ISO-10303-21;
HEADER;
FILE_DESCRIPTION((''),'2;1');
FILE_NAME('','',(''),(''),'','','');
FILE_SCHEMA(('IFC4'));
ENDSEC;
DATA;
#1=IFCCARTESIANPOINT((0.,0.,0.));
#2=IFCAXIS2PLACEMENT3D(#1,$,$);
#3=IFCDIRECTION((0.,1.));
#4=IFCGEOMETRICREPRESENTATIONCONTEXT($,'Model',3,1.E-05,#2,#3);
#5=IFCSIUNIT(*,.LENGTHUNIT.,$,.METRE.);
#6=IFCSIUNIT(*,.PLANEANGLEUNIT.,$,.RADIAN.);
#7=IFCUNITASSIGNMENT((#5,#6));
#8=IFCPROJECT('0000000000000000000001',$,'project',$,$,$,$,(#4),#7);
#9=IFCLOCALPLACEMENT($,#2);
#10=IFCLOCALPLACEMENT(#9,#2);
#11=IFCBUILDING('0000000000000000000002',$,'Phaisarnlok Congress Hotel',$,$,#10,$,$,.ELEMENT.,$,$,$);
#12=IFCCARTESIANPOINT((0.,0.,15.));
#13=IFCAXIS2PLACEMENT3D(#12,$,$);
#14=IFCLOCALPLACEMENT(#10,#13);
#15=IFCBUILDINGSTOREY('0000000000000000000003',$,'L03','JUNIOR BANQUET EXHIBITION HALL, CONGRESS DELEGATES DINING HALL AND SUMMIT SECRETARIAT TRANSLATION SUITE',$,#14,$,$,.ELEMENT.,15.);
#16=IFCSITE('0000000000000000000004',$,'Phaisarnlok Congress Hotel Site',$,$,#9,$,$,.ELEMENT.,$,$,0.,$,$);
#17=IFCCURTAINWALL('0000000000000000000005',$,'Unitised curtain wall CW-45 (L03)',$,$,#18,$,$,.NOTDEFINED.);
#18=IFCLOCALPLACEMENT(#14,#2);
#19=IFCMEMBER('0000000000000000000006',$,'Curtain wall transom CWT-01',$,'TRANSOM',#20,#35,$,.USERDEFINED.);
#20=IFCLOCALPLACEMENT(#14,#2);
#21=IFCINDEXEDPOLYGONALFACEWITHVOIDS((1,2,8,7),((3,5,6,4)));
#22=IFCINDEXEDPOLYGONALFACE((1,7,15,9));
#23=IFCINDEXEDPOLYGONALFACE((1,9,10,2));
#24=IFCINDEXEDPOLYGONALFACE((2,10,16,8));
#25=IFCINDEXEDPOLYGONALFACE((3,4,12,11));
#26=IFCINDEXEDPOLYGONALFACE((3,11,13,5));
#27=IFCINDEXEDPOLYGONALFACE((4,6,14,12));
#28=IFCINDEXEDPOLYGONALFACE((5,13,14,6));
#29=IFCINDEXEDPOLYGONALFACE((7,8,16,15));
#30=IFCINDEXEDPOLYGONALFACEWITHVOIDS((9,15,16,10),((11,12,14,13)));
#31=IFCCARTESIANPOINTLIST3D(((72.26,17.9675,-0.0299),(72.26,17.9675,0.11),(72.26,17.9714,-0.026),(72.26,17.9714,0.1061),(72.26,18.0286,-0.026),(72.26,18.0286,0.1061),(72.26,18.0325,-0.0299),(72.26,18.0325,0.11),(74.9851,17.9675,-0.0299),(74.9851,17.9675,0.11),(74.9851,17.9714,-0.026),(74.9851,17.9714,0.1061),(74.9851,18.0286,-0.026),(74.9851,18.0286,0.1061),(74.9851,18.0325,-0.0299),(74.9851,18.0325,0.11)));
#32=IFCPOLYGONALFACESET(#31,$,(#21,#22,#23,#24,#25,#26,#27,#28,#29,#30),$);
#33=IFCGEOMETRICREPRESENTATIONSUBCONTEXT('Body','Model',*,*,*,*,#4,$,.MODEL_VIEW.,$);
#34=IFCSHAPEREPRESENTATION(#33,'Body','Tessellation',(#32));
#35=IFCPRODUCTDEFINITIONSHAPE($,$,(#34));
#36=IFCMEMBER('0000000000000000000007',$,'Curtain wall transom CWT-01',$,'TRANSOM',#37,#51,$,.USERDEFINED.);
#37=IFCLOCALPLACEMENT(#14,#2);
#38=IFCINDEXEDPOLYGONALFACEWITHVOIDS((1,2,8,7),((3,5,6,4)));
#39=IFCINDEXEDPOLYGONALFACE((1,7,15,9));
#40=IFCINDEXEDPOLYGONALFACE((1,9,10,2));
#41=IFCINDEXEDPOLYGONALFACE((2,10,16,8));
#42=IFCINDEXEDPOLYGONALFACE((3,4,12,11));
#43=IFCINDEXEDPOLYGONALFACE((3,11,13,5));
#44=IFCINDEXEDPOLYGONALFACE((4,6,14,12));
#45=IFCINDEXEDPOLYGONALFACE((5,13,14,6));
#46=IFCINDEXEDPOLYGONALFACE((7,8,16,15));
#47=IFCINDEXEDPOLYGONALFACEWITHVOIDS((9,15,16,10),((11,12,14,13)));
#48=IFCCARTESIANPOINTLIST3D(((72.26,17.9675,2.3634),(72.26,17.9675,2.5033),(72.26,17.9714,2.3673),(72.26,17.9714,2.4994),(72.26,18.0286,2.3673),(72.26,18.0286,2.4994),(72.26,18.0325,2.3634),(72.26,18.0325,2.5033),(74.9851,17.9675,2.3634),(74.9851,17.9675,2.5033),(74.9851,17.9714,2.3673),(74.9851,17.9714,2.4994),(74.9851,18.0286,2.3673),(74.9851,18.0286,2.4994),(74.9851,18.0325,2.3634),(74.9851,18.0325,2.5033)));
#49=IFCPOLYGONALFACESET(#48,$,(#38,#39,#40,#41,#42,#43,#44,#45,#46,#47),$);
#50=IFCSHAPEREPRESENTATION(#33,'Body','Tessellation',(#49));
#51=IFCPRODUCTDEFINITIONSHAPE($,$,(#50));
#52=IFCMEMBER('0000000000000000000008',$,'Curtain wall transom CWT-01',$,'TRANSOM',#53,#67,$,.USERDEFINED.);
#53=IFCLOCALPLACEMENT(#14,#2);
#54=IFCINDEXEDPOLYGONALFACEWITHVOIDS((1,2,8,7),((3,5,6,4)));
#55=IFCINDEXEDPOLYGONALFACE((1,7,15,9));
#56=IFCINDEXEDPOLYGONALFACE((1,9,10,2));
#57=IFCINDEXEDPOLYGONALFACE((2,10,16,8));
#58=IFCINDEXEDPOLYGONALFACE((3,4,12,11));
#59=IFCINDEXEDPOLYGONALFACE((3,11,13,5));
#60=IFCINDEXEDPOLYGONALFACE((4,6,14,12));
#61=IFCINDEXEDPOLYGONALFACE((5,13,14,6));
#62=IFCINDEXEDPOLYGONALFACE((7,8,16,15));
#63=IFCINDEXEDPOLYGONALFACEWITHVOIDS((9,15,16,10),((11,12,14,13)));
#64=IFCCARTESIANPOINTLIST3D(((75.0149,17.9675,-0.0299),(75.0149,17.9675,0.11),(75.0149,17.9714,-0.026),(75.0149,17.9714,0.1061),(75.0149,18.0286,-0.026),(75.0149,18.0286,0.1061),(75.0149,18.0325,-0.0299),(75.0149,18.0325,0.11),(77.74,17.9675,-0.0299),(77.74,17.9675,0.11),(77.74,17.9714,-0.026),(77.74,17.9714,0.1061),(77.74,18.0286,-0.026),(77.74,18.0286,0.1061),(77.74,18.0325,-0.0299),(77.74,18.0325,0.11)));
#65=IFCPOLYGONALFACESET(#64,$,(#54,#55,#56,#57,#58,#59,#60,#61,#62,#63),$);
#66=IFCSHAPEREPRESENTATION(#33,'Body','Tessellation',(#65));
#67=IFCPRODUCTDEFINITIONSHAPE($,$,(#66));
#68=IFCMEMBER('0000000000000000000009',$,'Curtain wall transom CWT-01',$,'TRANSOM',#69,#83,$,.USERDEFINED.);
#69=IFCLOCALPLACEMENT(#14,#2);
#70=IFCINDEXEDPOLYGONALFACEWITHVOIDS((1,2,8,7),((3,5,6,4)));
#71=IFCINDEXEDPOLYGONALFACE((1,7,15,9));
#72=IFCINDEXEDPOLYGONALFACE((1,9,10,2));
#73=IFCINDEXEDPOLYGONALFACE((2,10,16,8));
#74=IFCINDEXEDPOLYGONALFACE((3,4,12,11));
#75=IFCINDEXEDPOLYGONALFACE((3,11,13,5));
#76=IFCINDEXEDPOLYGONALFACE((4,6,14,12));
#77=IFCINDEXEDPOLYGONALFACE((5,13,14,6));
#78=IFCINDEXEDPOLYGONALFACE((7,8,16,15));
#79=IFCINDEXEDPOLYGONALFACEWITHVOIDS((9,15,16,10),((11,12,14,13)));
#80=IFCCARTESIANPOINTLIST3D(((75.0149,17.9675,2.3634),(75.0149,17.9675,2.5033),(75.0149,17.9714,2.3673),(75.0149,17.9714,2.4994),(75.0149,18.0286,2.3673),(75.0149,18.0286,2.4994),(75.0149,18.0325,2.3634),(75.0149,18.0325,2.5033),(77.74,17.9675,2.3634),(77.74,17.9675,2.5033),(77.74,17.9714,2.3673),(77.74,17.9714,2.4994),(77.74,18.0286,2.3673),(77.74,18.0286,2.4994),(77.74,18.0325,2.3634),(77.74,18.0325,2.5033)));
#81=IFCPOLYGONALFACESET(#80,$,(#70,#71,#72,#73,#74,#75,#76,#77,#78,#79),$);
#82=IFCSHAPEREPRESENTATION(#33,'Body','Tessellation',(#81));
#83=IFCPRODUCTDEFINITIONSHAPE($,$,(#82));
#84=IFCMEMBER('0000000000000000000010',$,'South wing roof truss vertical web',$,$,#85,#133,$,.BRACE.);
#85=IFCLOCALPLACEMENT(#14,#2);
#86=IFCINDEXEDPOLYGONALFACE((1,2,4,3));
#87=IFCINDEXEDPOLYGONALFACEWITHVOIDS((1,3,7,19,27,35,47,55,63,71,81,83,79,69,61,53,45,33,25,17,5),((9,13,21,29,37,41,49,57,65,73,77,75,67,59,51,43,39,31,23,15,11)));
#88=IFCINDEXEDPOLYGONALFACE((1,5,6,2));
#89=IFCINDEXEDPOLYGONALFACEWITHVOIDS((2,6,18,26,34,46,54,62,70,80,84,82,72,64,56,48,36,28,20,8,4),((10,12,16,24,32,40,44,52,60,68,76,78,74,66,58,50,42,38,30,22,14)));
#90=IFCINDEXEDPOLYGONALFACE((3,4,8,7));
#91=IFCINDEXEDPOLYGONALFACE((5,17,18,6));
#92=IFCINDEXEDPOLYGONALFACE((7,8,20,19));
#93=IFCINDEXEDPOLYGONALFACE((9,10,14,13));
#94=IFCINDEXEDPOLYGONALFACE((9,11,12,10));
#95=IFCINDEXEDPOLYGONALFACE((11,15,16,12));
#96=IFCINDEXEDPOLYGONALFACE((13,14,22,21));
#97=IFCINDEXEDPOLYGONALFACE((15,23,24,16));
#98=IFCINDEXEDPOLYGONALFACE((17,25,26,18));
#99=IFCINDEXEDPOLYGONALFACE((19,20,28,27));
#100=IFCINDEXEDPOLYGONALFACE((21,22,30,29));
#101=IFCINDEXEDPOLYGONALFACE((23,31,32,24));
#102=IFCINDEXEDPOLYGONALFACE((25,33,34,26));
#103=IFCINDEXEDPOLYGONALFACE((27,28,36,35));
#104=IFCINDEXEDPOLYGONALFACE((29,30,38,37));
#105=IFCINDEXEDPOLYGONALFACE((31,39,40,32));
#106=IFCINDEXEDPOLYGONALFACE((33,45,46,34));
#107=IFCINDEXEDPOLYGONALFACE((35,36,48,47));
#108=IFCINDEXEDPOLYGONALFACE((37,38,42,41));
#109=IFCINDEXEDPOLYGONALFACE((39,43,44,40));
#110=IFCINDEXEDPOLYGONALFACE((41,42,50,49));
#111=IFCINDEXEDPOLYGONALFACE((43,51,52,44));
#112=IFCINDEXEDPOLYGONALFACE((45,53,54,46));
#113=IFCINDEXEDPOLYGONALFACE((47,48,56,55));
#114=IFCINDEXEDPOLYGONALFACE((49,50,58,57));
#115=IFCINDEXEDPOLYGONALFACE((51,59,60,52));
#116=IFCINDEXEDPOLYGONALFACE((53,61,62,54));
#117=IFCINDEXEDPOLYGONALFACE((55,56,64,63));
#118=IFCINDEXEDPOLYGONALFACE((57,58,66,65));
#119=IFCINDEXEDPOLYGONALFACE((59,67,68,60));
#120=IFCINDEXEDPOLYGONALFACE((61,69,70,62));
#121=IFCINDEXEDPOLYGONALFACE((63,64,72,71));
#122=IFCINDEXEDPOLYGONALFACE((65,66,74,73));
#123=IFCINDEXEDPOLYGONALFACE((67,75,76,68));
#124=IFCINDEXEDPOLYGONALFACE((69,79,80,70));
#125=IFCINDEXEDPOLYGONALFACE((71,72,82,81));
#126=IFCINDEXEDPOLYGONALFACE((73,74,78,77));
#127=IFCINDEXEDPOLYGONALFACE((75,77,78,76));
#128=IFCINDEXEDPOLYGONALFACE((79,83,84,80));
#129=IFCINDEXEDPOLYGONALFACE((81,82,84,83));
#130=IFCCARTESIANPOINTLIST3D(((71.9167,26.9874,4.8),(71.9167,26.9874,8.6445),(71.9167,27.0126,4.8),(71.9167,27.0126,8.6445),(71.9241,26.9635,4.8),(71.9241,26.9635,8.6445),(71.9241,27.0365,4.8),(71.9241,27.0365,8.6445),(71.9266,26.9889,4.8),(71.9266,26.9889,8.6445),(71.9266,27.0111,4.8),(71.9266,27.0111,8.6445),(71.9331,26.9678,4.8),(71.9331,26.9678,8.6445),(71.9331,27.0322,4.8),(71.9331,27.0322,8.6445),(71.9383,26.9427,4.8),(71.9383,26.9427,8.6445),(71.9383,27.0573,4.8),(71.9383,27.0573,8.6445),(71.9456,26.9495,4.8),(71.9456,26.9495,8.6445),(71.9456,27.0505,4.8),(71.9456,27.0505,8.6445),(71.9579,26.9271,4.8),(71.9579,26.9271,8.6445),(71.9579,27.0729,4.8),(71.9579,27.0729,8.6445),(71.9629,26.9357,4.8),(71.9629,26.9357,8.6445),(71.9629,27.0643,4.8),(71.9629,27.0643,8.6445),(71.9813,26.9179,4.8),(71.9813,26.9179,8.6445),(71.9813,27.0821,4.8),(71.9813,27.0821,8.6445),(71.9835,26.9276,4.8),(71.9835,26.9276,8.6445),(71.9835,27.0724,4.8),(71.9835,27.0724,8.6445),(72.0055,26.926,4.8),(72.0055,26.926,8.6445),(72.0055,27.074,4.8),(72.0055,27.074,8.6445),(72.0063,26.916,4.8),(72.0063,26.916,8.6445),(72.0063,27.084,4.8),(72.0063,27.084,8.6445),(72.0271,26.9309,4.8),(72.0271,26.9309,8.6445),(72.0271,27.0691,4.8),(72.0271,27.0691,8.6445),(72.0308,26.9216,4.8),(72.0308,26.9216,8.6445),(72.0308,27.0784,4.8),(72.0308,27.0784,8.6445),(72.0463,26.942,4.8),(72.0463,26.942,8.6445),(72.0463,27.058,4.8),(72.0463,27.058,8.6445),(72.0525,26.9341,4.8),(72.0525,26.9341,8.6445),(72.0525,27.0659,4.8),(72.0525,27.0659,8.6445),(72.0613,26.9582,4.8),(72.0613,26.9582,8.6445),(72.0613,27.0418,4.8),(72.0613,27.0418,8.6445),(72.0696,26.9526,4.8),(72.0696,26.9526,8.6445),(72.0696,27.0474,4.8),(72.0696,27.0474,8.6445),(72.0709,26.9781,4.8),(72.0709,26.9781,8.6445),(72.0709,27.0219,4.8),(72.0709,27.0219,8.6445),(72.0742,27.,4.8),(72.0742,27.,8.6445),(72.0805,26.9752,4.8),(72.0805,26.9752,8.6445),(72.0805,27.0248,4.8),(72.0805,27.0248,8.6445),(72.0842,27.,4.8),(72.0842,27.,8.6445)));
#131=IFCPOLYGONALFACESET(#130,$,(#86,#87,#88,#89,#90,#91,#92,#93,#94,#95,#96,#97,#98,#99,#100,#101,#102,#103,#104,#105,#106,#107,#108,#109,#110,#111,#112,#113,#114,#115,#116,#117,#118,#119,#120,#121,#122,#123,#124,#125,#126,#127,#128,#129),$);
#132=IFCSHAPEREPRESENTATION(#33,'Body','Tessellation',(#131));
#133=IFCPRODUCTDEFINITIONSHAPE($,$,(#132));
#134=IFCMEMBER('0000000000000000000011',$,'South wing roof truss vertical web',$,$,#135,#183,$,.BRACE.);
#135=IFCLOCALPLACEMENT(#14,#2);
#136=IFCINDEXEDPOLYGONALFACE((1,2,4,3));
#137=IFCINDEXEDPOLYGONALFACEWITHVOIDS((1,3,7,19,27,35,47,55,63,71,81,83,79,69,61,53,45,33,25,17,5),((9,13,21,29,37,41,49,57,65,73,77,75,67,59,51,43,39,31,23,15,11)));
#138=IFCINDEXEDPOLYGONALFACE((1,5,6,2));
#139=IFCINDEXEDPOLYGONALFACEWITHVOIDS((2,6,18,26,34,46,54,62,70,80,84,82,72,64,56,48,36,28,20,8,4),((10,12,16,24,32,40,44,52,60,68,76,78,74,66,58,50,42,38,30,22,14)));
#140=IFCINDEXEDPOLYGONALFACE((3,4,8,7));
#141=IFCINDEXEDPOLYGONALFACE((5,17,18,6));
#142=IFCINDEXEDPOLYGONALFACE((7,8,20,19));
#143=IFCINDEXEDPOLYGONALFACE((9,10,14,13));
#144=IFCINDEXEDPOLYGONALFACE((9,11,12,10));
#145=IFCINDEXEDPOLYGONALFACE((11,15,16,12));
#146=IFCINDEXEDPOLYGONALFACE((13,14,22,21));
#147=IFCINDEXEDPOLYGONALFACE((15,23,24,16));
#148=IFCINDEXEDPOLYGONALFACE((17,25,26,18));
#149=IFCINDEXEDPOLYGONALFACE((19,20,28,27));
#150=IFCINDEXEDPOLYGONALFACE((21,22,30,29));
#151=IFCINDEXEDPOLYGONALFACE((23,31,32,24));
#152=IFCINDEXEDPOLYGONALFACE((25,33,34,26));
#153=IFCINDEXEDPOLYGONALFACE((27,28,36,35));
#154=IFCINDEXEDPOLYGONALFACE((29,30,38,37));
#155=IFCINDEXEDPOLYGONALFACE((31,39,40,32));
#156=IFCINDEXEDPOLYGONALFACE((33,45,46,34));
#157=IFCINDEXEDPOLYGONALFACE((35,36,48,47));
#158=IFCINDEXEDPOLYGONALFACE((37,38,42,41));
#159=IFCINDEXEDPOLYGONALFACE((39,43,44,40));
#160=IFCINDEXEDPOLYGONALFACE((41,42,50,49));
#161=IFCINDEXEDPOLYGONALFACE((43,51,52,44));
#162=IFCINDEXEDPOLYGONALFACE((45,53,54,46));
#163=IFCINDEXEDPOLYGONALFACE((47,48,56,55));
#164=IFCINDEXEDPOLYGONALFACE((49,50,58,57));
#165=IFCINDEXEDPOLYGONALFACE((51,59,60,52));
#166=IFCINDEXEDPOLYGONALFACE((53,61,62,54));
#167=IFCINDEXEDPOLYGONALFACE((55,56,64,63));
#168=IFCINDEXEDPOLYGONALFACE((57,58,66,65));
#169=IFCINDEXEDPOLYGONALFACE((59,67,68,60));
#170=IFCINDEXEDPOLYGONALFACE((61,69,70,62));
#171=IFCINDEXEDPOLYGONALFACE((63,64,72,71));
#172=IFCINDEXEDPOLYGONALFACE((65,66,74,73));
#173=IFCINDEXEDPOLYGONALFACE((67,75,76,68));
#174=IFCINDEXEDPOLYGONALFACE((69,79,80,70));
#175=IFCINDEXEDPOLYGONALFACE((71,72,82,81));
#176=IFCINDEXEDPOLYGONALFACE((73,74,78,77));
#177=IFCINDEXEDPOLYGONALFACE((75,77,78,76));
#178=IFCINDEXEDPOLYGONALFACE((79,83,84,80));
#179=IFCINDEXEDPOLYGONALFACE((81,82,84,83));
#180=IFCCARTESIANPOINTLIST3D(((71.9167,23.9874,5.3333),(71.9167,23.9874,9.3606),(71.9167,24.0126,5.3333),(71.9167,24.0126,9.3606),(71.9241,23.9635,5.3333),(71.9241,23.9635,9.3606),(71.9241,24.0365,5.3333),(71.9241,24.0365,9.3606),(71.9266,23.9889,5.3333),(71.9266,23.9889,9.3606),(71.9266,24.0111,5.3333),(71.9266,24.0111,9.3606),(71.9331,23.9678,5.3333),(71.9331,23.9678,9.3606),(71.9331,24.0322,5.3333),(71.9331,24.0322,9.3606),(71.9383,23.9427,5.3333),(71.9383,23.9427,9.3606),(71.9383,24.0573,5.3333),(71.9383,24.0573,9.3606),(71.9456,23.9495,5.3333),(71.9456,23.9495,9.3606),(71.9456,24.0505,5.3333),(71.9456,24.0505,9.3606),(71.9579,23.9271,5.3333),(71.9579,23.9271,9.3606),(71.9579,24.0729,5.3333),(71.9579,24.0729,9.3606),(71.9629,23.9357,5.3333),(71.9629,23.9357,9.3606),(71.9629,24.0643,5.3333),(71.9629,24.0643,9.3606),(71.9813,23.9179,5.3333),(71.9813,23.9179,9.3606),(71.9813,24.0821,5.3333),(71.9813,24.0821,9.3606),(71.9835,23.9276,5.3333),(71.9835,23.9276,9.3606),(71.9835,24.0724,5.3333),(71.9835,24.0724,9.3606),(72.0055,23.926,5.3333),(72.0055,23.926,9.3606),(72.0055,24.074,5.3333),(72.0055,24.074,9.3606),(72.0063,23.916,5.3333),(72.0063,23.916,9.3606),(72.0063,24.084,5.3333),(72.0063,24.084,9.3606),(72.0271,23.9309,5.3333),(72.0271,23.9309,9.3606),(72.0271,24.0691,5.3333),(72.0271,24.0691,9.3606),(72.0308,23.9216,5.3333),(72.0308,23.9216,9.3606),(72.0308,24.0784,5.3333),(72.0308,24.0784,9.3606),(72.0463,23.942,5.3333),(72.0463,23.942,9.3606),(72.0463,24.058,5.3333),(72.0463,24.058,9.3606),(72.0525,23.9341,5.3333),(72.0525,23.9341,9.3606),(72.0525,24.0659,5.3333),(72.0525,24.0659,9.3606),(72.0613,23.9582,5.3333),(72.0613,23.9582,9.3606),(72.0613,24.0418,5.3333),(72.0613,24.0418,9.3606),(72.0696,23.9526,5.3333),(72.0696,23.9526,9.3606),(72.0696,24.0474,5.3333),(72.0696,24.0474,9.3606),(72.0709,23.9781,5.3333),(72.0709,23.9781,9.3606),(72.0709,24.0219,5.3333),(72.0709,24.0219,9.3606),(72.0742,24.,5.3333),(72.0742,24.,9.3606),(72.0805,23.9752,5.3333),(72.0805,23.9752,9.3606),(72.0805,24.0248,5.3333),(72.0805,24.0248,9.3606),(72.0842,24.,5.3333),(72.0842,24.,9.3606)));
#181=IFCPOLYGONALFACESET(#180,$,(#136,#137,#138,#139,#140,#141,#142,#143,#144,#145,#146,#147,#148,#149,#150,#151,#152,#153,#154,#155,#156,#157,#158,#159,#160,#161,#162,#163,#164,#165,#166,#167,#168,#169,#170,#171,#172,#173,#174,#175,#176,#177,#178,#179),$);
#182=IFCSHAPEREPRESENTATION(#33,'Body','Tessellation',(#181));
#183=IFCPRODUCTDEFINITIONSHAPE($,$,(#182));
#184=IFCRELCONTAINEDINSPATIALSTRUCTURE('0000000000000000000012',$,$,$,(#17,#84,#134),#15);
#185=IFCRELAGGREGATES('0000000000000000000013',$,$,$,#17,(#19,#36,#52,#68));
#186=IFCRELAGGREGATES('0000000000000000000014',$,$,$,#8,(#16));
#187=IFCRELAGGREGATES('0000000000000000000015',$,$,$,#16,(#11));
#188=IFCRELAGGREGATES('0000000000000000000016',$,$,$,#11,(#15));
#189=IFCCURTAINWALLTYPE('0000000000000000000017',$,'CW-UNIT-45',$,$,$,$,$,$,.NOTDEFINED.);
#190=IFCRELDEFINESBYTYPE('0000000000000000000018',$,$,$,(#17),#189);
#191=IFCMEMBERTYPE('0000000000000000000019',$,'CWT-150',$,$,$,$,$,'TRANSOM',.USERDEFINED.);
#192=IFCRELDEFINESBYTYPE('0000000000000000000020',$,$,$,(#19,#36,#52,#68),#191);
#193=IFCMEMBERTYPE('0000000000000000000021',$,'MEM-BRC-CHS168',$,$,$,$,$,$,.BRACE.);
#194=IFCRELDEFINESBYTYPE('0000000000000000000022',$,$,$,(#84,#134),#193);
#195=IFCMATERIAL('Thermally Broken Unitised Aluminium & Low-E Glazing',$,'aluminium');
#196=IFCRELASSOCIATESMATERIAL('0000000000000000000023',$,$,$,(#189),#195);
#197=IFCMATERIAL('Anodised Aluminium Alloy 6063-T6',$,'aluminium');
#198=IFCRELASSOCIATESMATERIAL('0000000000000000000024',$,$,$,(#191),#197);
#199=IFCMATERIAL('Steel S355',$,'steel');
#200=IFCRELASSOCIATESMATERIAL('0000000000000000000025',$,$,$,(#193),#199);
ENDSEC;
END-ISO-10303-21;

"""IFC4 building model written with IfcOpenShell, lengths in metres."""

from ifc_helpers import new_model, si_unit, direction, frame, origin, origin_2d, place, context, subcontext, project, spatial, hollow_rectangle, hollow_circle, extrude, material, material_profile, profile_set, type_object, element, aggregate, save


model = new_model("IFC4")

# Units and contexts
model_context = context("Model", 3, precision=1e-05, world=origin(), true_north=direction((0.0, 1.0)))
body_context = subcontext(model_context, "Body", "Model", "MODEL_VIEW")
ifc_project = project(units=[si_unit("LENGTHUNIT", "METRE"), si_unit("PLANEANGLEUNIT", "RADIAN")], contexts=[model_context])

# Site, building, storey
site_placement = place(None, origin())
site = spatial("IfcSite", under=ifc_project, at=site_placement, Name="Phaisarnlok Congress Hotel Site", CompositionType="ELEMENT", RefElevation=0.0)
building_placement = place(site_placement, origin())
building = spatial("IfcBuilding", under=site, at=building_placement, Name="Phaisarnlok Congress Hotel", CompositionType="ELEMENT")
storey_placement = place(building_placement, frame((0.0, 0.0, 15.0)))
storey = spatial("IfcBuildingStorey", under=building, at=storey_placement, Name="L03", Description="JUNIOR BANQUET EXHIBITION HALL, CONGRESS DELEGATES DINING HALL AND SUMMIT SECRETARIAT TRANSLATION SUITE", CompositionType="ELEMENT", Elevation=15.0)

# Shared definitions
ifc_material_1 = material(Name="Steel S355", Category="steel")

# Shared definitions
ifc_material_2 = material(Name="Thermally Broken Unitised Aluminium & Low-E Glazing", Category="aluminium")
ifc_material_3 = material(Name="Anodised Aluminium Alloy 6063-T6", Category="aluminium")

# Curtain wall, members
curtain_wall_type_1 = type_object("IfcCurtainWallType", Name="CW-UNIT-45", PredefinedType="NOTDEFINED", material=ifc_material_2)
curtain_wall_1_placement = place(storey_placement, origin())
curtain_wall_1 = element("IfcCurtainWall", 1, at=curtain_wall_1_placement, inside=storey, type_object=curtain_wall_type_1, Name="Unitised curtain wall CW-45 (L03)", PredefinedType="NOTDEFINED")
ifc_material_profile_1 = material_profile(ifc_material_3, hollow_rectangle(XDim=0.0649, YDim=0.1399, WallThickness=0.0039, at=origin_2d()), Name="ALU-T 65x140x4")
ifc_profile_set_1 = profile_set([ifc_material_profile_1], Name="Anodised Aluminium Alloy 6063-T6")
member_type_1 = type_object("IfcMemberType", Name="CWT-150", ElementType="TRANSOM", PredefinedType="USERDEFINED", material=ifc_profile_set_1)
member_1_placement = place(storey_placement, frame((72.26, 18.0, 0.04), z_axis=(1.0, 0.0, 0.0), x_axis=(0.0, 1.0, 0.0)))
member_1 = element("IfcMember", 2, at=member_1_placement, type_object=member_type_1, Name="Curtain wall transom CWT-01", ObjectType="TRANSOM", PredefinedType="USERDEFINED", context=body_context, shape_type="SweptSolid", body=[
    extrude(hollow_rectangle(XDim=0.0649, YDim=0.1399, WallThickness=0.0039, at=origin_2d()), origin(), (0.0, 0.0, 1.0), 2.7251),
])
member_2_placement = place(storey_placement, frame((72.26, 18.0, 2.4333), z_axis=(1.0, 0.0, 0.0), x_axis=(0.0, 1.0, 0.0)))
member_2 = element("IfcMember", 3, at=member_2_placement, type_object=member_type_1, Name="Curtain wall transom CWT-01", ObjectType="TRANSOM", PredefinedType="USERDEFINED", context=body_context, shape_type="SweptSolid", body=[
    extrude(hollow_rectangle(XDim=0.0649, YDim=0.1399, WallThickness=0.0039, at=origin_2d()), origin(), (0.0, 0.0, 1.0), 2.7251),
])
member_3_placement = place(storey_placement, frame((75.0149, 18.0, 0.04), z_axis=(1.0, 0.0, 0.0), x_axis=(0.0, 1.0, 0.0)))
member_3 = element("IfcMember", 4, at=member_3_placement, type_object=member_type_1, Name="Curtain wall transom CWT-01", ObjectType="TRANSOM", PredefinedType="USERDEFINED", context=body_context, shape_type="SweptSolid", body=[
    extrude(hollow_rectangle(XDim=0.0649, YDim=0.1399, WallThickness=0.0039, at=origin_2d()), origin(), (0.0, 0.0, 1.0), 2.7251),
])
member_4_placement = place(storey_placement, frame((75.0149, 18.0, 2.4333), z_axis=(1.0, 0.0, 0.0), x_axis=(0.0, 1.0, 0.0)))
member_4 = element("IfcMember", 5, at=member_4_placement, type_object=member_type_1, Name="Curtain wall transom CWT-01", ObjectType="TRANSOM", PredefinedType="USERDEFINED", context=body_context, shape_type="SweptSolid", body=[
    extrude(hollow_rectangle(XDim=0.0649, YDim=0.1399, WallThickness=0.0039, at=origin_2d()), origin(), (0.0, 0.0, 1.0), 2.7251),
])

# Members
ifc_material_profile_2 = material_profile(ifc_material_1, hollow_circle(Radius=0.0842, WallThickness=0.01, at=origin_2d()), Name="CHS 168.3x10")
ifc_profile_set_2 = profile_set([ifc_material_profile_2], Name="Steel S355")
member_type_2 = type_object("IfcMemberType", Name="MEM-BRC-CHS168", PredefinedType="BRACE", material=ifc_profile_set_2)
member_5_placement = place(storey_placement, frame((72.0, 27.0, 4.8), z_axis=(0.0, 0.0, 1.0), x_axis=(1.0, 0.0, 0.0)))
element("IfcMember", 6, at=member_5_placement, inside=storey, type_object=member_type_2, Name="South wing roof truss vertical web", PredefinedType="BRACE", context=body_context, shape_type="SweptSolid", body=[
    extrude(hollow_circle(Radius=0.0842, WallThickness=0.01, at=origin_2d()), origin(), (0.0, 0.0, 1.0), 3.8445),
])
member_6_placement = place(storey_placement, frame((72.0, 24.0, 5.3333), z_axis=(0.0, 0.0, 1.0), x_axis=(1.0, 0.0, 0.0)))
element("IfcMember", 7, at=member_6_placement, inside=storey, type_object=member_type_2, Name="South wing roof truss vertical web", PredefinedType="BRACE", context=body_context, shape_type="SweptSolid", body=[
    extrude(hollow_circle(Radius=0.0842, WallThickness=0.01, at=origin_2d()), origin(), (0.0, 0.0, 1.0), 4.0273),
])

aggregate(curtain_wall_1, [member_1, member_2, member_3, member_4])

save(model, "model.ifc")
